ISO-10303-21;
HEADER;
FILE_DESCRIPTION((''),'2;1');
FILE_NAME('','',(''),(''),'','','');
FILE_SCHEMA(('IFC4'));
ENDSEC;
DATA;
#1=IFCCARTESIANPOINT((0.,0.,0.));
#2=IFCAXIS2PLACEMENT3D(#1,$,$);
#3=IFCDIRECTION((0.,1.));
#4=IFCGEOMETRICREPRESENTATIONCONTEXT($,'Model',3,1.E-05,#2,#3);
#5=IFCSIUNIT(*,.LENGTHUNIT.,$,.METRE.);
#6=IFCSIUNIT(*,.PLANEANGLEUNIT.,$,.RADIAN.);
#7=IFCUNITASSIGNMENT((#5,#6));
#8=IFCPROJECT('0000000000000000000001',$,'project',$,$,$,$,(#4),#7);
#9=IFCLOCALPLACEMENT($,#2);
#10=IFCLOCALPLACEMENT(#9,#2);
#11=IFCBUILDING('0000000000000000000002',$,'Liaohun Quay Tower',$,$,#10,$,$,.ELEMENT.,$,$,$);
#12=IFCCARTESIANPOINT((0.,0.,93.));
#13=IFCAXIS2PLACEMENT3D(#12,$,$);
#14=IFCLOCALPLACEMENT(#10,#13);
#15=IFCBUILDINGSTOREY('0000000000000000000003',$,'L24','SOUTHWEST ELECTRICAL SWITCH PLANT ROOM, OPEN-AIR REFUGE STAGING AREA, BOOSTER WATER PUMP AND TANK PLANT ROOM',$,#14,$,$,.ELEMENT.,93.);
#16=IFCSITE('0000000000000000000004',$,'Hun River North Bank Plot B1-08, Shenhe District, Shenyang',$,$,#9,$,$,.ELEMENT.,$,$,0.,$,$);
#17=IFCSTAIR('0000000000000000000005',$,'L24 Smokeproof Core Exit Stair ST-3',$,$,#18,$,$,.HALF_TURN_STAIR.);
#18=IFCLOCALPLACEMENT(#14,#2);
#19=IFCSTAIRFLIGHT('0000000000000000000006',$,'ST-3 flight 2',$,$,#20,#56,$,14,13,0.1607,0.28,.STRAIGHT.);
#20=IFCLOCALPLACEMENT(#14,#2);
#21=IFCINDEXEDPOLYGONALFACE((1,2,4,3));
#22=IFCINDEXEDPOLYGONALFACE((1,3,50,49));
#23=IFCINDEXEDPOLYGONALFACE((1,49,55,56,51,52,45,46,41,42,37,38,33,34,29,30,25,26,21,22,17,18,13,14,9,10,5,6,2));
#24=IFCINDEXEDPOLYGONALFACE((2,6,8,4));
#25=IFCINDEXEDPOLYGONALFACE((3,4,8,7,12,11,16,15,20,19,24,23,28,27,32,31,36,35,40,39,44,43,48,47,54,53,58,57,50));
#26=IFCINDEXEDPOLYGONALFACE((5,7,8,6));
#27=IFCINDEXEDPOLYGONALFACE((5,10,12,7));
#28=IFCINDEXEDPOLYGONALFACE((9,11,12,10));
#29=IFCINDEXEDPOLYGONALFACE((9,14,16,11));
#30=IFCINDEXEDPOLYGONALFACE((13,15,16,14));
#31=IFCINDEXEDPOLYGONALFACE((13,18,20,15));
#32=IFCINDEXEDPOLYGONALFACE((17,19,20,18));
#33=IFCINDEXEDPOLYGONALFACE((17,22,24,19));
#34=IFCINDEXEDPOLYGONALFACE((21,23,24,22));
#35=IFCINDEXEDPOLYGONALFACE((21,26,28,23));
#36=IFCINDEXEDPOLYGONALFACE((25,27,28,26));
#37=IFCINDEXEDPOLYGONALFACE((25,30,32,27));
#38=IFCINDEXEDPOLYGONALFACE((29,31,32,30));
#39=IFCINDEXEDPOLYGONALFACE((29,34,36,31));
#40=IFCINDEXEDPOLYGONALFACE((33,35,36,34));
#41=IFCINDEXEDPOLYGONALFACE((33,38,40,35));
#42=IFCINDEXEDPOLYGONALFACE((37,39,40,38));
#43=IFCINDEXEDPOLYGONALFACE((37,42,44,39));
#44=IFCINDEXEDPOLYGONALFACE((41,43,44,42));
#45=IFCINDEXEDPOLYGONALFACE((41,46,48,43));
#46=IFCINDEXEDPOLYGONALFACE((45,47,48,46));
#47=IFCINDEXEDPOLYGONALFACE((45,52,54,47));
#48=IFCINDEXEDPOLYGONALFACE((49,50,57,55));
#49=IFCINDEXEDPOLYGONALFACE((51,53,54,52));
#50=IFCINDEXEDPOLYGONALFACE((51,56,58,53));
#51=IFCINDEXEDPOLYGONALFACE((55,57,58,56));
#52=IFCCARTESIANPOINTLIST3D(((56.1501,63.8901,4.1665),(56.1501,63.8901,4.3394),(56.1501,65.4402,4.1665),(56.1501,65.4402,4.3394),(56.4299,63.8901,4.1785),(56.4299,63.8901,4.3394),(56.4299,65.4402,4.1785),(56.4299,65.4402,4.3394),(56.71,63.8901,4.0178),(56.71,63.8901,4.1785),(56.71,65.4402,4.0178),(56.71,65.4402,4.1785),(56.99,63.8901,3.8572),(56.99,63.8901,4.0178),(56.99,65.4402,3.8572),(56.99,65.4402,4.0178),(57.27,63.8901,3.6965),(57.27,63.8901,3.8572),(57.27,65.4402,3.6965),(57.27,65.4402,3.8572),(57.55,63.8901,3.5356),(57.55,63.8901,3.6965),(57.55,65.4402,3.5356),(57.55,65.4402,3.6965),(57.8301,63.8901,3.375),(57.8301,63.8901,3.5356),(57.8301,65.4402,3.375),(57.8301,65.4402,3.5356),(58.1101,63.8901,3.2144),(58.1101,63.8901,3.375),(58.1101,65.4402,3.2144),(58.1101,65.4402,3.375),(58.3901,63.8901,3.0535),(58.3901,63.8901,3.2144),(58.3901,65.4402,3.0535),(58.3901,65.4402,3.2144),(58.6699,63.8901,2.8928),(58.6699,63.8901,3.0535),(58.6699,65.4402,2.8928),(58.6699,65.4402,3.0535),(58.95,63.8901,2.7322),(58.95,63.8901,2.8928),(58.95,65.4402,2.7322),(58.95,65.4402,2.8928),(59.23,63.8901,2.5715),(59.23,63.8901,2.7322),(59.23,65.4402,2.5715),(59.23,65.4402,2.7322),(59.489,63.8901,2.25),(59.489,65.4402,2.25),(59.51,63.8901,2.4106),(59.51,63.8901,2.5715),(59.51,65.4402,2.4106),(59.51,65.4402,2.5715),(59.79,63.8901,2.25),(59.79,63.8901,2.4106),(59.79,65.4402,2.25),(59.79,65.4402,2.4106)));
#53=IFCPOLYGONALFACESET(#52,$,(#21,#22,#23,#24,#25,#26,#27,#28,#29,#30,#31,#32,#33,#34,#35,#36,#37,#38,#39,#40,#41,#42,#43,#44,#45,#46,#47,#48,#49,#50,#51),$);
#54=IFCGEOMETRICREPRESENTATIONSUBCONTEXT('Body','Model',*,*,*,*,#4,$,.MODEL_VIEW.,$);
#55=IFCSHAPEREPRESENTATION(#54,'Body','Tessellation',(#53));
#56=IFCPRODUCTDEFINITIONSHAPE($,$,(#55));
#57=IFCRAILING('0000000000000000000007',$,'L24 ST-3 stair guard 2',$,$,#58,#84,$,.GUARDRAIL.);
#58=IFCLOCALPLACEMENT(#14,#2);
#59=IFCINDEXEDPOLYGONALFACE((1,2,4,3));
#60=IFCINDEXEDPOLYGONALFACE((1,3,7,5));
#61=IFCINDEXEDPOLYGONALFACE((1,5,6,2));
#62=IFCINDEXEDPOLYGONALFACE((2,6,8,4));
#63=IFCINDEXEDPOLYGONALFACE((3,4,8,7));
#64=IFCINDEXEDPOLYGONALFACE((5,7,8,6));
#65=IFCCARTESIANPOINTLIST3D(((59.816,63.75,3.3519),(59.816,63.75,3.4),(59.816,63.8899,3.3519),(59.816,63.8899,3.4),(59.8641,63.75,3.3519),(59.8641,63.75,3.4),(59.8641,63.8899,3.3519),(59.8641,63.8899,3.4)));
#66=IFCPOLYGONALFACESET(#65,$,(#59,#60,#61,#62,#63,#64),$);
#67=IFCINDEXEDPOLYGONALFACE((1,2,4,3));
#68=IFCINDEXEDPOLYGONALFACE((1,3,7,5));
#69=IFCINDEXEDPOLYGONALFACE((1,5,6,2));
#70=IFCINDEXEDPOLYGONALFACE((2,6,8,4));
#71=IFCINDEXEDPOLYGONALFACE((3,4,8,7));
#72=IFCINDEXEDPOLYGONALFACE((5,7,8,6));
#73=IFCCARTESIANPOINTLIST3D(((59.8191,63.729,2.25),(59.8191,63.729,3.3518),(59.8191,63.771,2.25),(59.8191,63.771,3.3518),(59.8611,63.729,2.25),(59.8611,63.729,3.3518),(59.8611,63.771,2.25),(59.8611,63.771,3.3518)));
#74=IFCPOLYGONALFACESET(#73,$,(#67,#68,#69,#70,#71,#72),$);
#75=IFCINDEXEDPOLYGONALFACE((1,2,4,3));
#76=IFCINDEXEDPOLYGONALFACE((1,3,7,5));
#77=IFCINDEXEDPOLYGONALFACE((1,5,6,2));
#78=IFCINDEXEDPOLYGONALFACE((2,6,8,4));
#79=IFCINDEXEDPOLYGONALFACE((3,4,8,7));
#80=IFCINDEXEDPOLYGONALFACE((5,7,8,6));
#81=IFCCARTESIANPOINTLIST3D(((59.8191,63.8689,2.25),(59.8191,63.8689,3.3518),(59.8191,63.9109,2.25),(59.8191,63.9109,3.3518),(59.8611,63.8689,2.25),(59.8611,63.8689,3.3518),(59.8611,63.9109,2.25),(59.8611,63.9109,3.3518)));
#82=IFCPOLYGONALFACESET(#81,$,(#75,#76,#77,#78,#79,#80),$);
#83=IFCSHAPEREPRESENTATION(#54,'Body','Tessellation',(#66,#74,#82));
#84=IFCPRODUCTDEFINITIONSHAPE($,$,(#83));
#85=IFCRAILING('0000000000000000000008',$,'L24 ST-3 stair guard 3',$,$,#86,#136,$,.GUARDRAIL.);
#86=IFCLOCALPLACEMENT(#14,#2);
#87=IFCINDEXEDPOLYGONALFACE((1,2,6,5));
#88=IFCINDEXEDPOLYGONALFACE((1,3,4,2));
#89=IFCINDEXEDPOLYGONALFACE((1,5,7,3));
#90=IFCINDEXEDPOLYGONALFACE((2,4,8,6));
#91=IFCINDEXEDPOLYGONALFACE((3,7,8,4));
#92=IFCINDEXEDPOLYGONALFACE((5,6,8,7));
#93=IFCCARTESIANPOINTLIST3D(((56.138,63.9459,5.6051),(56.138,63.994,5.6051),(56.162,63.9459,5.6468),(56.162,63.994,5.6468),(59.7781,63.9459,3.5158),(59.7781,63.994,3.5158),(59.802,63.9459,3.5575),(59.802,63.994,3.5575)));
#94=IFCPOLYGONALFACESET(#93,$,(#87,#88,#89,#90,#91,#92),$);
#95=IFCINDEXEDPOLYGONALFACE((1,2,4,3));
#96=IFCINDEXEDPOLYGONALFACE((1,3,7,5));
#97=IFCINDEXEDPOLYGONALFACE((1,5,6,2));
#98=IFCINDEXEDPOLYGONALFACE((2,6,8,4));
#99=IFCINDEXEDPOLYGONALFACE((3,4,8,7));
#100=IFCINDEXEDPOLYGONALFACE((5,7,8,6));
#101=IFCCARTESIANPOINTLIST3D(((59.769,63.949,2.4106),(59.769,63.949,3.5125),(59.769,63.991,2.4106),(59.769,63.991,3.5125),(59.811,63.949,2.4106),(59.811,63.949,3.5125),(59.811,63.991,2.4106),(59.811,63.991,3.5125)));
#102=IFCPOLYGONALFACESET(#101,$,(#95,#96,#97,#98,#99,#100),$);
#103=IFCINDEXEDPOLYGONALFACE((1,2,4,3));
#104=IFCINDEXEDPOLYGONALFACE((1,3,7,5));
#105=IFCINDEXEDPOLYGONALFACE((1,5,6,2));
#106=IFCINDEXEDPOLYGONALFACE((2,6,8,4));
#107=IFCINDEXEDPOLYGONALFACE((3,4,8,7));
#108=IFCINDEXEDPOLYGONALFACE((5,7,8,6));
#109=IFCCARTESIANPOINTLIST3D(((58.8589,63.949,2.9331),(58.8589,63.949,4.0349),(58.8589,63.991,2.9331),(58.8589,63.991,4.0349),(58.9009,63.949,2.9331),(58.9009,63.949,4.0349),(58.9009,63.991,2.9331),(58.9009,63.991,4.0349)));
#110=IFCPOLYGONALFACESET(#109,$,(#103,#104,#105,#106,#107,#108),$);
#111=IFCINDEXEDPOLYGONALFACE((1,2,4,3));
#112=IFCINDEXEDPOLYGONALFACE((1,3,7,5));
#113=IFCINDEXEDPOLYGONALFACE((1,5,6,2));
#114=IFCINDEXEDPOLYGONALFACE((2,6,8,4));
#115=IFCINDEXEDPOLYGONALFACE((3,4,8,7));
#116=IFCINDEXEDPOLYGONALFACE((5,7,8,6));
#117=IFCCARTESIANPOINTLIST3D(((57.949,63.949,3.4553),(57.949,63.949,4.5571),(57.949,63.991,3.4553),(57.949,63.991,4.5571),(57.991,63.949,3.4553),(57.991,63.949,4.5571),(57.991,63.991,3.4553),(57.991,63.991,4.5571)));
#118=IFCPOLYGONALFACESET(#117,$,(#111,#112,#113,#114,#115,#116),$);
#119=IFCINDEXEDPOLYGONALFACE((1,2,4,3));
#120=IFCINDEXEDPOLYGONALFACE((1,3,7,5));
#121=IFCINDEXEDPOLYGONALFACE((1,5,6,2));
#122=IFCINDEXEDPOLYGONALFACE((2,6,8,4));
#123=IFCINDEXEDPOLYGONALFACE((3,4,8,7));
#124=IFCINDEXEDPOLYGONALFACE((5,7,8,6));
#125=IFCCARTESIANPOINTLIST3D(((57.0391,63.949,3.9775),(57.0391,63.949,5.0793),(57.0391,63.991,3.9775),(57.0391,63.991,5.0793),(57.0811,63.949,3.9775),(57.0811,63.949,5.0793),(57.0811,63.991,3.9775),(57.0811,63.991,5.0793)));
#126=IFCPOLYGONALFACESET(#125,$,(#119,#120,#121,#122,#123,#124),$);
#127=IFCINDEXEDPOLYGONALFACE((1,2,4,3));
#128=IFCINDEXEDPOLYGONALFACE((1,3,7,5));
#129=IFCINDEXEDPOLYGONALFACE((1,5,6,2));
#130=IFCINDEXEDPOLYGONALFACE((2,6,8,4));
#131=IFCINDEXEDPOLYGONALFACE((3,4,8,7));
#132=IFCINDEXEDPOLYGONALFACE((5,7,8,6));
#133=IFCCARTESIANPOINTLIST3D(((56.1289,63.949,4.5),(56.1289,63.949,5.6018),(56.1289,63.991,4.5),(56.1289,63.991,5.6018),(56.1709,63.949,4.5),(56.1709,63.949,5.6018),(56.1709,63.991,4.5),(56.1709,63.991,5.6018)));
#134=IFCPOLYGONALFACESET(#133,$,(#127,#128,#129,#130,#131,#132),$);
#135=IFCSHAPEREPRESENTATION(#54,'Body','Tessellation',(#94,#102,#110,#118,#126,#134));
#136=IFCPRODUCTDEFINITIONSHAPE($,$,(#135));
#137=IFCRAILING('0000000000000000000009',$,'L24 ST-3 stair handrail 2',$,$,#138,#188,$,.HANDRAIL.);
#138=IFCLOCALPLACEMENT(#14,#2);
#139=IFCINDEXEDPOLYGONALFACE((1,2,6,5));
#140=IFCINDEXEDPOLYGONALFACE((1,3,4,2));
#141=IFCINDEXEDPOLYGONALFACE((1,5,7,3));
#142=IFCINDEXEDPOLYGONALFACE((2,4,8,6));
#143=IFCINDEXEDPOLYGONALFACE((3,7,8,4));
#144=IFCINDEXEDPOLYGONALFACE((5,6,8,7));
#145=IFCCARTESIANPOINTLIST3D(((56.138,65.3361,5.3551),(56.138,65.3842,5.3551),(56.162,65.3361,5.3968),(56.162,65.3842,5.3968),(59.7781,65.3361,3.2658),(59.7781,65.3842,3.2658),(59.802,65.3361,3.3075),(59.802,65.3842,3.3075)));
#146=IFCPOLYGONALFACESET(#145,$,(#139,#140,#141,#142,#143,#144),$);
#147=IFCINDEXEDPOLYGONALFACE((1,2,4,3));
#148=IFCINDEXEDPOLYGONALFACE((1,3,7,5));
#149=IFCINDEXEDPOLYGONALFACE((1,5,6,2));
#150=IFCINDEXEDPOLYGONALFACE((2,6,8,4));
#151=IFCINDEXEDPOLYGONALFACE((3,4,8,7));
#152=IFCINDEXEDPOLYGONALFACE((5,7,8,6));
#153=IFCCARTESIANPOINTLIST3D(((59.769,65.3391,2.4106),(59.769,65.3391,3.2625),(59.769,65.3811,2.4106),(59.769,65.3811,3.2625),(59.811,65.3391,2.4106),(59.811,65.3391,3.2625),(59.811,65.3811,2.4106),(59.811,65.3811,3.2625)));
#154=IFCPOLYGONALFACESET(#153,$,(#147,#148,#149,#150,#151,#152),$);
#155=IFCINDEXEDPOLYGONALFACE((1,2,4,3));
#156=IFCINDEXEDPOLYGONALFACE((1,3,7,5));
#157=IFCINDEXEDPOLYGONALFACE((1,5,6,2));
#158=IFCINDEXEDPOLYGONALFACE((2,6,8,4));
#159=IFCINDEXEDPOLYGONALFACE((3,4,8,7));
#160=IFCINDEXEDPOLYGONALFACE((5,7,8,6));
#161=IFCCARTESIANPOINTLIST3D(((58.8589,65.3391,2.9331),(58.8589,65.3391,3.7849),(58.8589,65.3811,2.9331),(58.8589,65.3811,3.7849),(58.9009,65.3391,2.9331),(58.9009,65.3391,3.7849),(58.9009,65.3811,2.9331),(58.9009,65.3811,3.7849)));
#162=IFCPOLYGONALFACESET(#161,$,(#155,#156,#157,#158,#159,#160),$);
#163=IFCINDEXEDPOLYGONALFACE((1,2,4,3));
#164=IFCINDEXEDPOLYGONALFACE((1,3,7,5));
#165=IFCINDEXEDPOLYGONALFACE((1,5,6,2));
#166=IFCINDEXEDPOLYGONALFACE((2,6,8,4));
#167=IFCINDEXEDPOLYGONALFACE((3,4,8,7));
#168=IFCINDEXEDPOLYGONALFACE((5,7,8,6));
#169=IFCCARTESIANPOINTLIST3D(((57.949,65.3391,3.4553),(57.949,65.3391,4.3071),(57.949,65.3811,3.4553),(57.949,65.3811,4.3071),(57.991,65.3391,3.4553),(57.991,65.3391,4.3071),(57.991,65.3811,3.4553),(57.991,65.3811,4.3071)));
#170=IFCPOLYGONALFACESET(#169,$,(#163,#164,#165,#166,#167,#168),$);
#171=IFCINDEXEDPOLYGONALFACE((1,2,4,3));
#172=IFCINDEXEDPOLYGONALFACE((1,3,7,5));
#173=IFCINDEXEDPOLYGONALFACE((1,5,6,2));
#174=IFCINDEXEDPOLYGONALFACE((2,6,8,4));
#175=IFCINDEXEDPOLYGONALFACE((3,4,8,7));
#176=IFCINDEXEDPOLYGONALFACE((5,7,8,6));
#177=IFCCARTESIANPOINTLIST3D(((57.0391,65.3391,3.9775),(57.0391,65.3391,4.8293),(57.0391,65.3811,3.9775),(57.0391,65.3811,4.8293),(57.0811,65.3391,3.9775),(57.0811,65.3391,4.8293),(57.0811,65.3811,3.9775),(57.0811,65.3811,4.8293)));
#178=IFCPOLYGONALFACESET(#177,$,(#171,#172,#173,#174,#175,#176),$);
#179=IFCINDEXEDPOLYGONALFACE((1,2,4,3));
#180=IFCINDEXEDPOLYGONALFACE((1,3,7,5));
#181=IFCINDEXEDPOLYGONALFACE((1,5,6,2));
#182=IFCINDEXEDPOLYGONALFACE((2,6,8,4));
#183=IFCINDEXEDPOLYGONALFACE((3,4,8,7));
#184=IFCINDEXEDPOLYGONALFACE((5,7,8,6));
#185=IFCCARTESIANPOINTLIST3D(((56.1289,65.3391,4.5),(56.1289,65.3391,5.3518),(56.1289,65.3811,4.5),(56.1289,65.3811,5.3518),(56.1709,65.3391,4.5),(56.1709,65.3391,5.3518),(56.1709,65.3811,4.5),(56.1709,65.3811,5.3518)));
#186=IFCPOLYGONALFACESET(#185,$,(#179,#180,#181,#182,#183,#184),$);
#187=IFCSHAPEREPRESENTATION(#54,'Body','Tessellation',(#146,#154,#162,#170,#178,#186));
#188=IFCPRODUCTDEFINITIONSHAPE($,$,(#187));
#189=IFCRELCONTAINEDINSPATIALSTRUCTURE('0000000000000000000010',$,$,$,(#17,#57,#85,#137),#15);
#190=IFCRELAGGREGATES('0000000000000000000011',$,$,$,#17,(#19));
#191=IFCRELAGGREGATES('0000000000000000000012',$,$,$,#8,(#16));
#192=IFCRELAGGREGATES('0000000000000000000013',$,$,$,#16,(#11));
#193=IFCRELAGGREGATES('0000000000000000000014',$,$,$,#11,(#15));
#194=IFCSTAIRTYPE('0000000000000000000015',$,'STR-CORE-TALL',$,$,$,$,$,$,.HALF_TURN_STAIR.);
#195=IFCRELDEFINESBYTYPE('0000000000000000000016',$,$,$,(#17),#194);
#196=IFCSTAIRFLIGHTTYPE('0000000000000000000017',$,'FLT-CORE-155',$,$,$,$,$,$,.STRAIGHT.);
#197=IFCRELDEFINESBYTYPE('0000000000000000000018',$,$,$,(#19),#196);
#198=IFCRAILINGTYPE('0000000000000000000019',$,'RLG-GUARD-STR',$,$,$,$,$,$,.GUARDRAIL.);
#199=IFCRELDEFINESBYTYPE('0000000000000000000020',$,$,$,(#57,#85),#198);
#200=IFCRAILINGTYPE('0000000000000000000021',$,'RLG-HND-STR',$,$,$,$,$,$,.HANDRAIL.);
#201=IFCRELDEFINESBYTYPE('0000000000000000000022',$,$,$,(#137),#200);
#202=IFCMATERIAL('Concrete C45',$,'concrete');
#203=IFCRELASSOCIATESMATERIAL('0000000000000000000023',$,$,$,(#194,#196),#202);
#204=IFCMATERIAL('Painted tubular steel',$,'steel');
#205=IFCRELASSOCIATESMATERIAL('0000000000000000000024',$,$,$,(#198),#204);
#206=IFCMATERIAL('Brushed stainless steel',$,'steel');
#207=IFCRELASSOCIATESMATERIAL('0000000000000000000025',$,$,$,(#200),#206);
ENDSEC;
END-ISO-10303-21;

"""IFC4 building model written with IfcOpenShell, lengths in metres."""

from ifc_helpers import new_model, si_unit, direction, frame, origin, origin_2d, place, context, subcontext, project, spatial, polyline, rectangle, outline, extrude, material, type_object, element, aggregate, save


model = new_model("IFC4")

# Units and contexts
model_context = context("Model", 3, precision=1e-05, world=origin(), true_north=direction((0.0, 1.0)))
body_context = subcontext(model_context, "Body", "Model", "MODEL_VIEW")
ifc_project = project(units=[si_unit("LENGTHUNIT", "METRE"), si_unit("PLANEANGLEUNIT", "RADIAN")], contexts=[model_context])

# Site, building, storey
site_placement = place(None, origin())
site = spatial("IfcSite", under=ifc_project, at=site_placement, Name="Hun River North Bank Plot B1-08, Shenhe District, Shenyang", CompositionType="ELEMENT", RefElevation=0.0)
building_placement = place(site_placement, origin())
building = spatial("IfcBuilding", under=site, at=building_placement, Name="Liaohun Quay Tower", CompositionType="ELEMENT")
storey_placement = place(building_placement, frame((0.0, 0.0, 93.0)))
storey = spatial("IfcBuildingStorey", under=building, at=storey_placement, Name="L24", Description="SOUTHWEST ELECTRICAL SWITCH PLANT ROOM, OPEN-AIR REFUGE STAGING AREA, BOOSTER WATER PUMP AND TANK PLANT ROOM", CompositionType="ELEMENT", Elevation=93.0)

# Stair, stair flight
ifc_material_1 = material(Name="Concrete C45", Category="concrete")
stair_type = type_object("IfcStairType", Name="STR-CORE-TALL", PredefinedType="HALF_TURN_STAIR", material=ifc_material_1)
stair_placement = place(storey_placement, origin())
stair = element("IfcStair", 1, at=stair_placement, inside=storey, type_object=stair_type, Name="L24 Smokeproof Core Exit Stair ST-3", PredefinedType="HALF_TURN_STAIR")
stair_flight_type = type_object("IfcStairFlightType", Name="FLT-CORE-155", PredefinedType="STRAIGHT", material=ifc_material_1)
stair_flight_placement = place(storey_placement, frame((59.79, 64.665, 2.25), z_axis=(0.0, 0.0, 1.0), x_axis=(-1.0, 0.0, 0.0)))
stair_flight = element("IfcStairFlight", 2, at=stair_flight_placement, type_object=stair_flight_type, Name="ST-3 flight 2", NumberOfRisers=14, NumberOfTreads=13, PredefinedType="STRAIGHT", RiserHeight=0.1607, TreadLength=0.28, context=body_context, shape_type="SweptSolid", body=[
    extrude(outline(polyline([(0.0, 0.0), (0.0, 0.1606), (0.28, 0.1606), (0.28, 0.3215), (0.5601, 0.3215), (0.5601, 0.4822), (0.8401, 0.4822), (0.8401, 0.6428), (1.1201, 0.6428), (1.1201, 0.8035), (1.3999, 0.8035), (1.3999, 0.9644), (1.6799, 0.9644), (1.6799, 1.125), (1.96, 1.125), (1.96, 1.2856), (2.24, 1.2856), (2.24, 1.4465), (2.52, 1.4465), (2.52, 1.6072), (2.8, 1.6072), (2.8, 1.7678), (3.0801, 1.7678), (3.0801, 1.9285), (3.3601, 1.9285), (3.3601, 2.0894), (3.6399, 2.0894), (3.6399, 2.25), (3.6399, 1.9165), (0.301, 0.0), (0.0, 0.0)])), frame((0.0, 0.7749, 0.0), z_axis=(0.0, -1.0, 0.0), x_axis=(1.0, 0.0, 0.0)), (0.0, 0.0, 1.0), 1.55),
])
aggregate(stair, [stair_flight])

# Railings
ifc_material_2 = material(Name="Painted tubular steel", Category="steel")
railing_type_1 = type_object("IfcRailingType", Name="RLG-GUARD-STR", PredefinedType="GUARDRAIL", material=ifc_material_2)
railing_1_placement = place(storey_placement, frame((59.8401, 63.75, 2.25)))
element("IfcRailing", 3, at=railing_1_placement, inside=storey, type_object=railing_type_1, Name="L24 ST-3 stair guard 2", PredefinedType="GUARDRAIL", context=body_context, shape_type="SweptSolid", body=[
    extrude(rectangle(XDim=0.0481, YDim=0.0481, at=origin_2d()), frame((0.0, 0.0, 1.126), z_axis=(0.0, 1.0, 0.0), x_axis=(-1.0, 0.0, 0.0)), (0.0, 0.0, 1.0), 0.1399),
    extrude(rectangle(XDim=0.042, YDim=0.042, at=origin_2d()), origin(), (0.0, 0.0, 1.0), 1.1018),
    extrude(rectangle(XDim=0.042, YDim=0.042, at=origin_2d()), frame((0.0, 0.1399, 0.0)), (0.0, 0.0, 1.0), 1.1018),
])
railing_2_placement = place(storey_placement, frame((59.79, 63.97, 2.4106)))
element("IfcRailing", 4, at=railing_2_placement, inside=storey, type_object=railing_type_1, Name="L24 ST-3 stair guard 3", PredefinedType="GUARDRAIL", context=body_context, shape_type="SweptSolid", body=[
    extrude(rectangle(XDim=0.0481, YDim=0.0481, at=origin_2d()), frame((0.0, 0.0, 1.126), z_axis=(-0.867289, 0.0, 0.497804), x_axis=(0.0, -1.0, 0.0)), (0.0, 0.0, 1.0), 4.197),
    extrude(rectangle(XDim=0.042, YDim=0.042, at=origin_2d()), origin(), (0.0, 0.0, 1.0), 1.1018),
    extrude(rectangle(XDim=0.042, YDim=0.042, at=origin_2d()), frame((-0.9102, 0.0, 0.5225)), (0.0, 0.0, 1.0), 1.1018),
    extrude(rectangle(XDim=0.042, YDim=0.042, at=origin_2d()), frame((-1.8201, 0.0, 1.0447)), (0.0, 0.0, 1.0), 1.1018),
    extrude(rectangle(XDim=0.042, YDim=0.042, at=origin_2d()), frame((-2.73, 0.0, 1.5669)), (0.0, 0.0, 1.0), 1.1018),
    extrude(rectangle(XDim=0.042, YDim=0.042, at=origin_2d()), frame((-3.6401, 0.0, 2.0894)), (0.0, 0.0, 1.0), 1.1018),
])
ifc_material_3 = material(Name="Brushed stainless steel", Category="steel")
railing_type_2 = type_object("IfcRailingType", Name="RLG-HND-STR", PredefinedType="HANDRAIL", material=ifc_material_3)
railing_3_placement = place(storey_placement, frame((59.79, 65.3601, 2.4106)))
element("IfcRailing", 5, at=railing_3_placement, inside=storey, type_object=railing_type_2, Name="L24 ST-3 stair handrail 2", PredefinedType="HANDRAIL", context=body_context, shape_type="SweptSolid", body=[
    extrude(rectangle(XDim=0.0481, YDim=0.0481, at=origin_2d()), frame((0.0, 0.0, 0.876), z_axis=(-0.867289, 0.0, 0.497804), x_axis=(0.0, -1.0, 0.0)), (0.0, 0.0, 1.0), 4.197),
    extrude(rectangle(XDim=0.042, YDim=0.042, at=origin_2d()), origin(), (0.0, 0.0, 1.0), 0.8518),
    extrude(rectangle(XDim=0.042, YDim=0.042, at=origin_2d()), frame((-0.9102, 0.0, 0.5225)), (0.0, 0.0, 1.0), 0.8518),
    extrude(rectangle(XDim=0.042, YDim=0.042, at=origin_2d()), frame((-1.8201, 0.0, 1.0447)), (0.0, 0.0, 1.0), 0.8518),
    extrude(rectangle(XDim=0.042, YDim=0.042, at=origin_2d()), frame((-2.73, 0.0, 1.5669)), (0.0, 0.0, 1.0), 0.8518),
    extrude(rectangle(XDim=0.042, YDim=0.042, at=origin_2d()), frame((-3.6401, 0.0, 2.0894)), (0.0, 0.0, 1.0), 0.8518),
])

save(model, "model.ifc")
